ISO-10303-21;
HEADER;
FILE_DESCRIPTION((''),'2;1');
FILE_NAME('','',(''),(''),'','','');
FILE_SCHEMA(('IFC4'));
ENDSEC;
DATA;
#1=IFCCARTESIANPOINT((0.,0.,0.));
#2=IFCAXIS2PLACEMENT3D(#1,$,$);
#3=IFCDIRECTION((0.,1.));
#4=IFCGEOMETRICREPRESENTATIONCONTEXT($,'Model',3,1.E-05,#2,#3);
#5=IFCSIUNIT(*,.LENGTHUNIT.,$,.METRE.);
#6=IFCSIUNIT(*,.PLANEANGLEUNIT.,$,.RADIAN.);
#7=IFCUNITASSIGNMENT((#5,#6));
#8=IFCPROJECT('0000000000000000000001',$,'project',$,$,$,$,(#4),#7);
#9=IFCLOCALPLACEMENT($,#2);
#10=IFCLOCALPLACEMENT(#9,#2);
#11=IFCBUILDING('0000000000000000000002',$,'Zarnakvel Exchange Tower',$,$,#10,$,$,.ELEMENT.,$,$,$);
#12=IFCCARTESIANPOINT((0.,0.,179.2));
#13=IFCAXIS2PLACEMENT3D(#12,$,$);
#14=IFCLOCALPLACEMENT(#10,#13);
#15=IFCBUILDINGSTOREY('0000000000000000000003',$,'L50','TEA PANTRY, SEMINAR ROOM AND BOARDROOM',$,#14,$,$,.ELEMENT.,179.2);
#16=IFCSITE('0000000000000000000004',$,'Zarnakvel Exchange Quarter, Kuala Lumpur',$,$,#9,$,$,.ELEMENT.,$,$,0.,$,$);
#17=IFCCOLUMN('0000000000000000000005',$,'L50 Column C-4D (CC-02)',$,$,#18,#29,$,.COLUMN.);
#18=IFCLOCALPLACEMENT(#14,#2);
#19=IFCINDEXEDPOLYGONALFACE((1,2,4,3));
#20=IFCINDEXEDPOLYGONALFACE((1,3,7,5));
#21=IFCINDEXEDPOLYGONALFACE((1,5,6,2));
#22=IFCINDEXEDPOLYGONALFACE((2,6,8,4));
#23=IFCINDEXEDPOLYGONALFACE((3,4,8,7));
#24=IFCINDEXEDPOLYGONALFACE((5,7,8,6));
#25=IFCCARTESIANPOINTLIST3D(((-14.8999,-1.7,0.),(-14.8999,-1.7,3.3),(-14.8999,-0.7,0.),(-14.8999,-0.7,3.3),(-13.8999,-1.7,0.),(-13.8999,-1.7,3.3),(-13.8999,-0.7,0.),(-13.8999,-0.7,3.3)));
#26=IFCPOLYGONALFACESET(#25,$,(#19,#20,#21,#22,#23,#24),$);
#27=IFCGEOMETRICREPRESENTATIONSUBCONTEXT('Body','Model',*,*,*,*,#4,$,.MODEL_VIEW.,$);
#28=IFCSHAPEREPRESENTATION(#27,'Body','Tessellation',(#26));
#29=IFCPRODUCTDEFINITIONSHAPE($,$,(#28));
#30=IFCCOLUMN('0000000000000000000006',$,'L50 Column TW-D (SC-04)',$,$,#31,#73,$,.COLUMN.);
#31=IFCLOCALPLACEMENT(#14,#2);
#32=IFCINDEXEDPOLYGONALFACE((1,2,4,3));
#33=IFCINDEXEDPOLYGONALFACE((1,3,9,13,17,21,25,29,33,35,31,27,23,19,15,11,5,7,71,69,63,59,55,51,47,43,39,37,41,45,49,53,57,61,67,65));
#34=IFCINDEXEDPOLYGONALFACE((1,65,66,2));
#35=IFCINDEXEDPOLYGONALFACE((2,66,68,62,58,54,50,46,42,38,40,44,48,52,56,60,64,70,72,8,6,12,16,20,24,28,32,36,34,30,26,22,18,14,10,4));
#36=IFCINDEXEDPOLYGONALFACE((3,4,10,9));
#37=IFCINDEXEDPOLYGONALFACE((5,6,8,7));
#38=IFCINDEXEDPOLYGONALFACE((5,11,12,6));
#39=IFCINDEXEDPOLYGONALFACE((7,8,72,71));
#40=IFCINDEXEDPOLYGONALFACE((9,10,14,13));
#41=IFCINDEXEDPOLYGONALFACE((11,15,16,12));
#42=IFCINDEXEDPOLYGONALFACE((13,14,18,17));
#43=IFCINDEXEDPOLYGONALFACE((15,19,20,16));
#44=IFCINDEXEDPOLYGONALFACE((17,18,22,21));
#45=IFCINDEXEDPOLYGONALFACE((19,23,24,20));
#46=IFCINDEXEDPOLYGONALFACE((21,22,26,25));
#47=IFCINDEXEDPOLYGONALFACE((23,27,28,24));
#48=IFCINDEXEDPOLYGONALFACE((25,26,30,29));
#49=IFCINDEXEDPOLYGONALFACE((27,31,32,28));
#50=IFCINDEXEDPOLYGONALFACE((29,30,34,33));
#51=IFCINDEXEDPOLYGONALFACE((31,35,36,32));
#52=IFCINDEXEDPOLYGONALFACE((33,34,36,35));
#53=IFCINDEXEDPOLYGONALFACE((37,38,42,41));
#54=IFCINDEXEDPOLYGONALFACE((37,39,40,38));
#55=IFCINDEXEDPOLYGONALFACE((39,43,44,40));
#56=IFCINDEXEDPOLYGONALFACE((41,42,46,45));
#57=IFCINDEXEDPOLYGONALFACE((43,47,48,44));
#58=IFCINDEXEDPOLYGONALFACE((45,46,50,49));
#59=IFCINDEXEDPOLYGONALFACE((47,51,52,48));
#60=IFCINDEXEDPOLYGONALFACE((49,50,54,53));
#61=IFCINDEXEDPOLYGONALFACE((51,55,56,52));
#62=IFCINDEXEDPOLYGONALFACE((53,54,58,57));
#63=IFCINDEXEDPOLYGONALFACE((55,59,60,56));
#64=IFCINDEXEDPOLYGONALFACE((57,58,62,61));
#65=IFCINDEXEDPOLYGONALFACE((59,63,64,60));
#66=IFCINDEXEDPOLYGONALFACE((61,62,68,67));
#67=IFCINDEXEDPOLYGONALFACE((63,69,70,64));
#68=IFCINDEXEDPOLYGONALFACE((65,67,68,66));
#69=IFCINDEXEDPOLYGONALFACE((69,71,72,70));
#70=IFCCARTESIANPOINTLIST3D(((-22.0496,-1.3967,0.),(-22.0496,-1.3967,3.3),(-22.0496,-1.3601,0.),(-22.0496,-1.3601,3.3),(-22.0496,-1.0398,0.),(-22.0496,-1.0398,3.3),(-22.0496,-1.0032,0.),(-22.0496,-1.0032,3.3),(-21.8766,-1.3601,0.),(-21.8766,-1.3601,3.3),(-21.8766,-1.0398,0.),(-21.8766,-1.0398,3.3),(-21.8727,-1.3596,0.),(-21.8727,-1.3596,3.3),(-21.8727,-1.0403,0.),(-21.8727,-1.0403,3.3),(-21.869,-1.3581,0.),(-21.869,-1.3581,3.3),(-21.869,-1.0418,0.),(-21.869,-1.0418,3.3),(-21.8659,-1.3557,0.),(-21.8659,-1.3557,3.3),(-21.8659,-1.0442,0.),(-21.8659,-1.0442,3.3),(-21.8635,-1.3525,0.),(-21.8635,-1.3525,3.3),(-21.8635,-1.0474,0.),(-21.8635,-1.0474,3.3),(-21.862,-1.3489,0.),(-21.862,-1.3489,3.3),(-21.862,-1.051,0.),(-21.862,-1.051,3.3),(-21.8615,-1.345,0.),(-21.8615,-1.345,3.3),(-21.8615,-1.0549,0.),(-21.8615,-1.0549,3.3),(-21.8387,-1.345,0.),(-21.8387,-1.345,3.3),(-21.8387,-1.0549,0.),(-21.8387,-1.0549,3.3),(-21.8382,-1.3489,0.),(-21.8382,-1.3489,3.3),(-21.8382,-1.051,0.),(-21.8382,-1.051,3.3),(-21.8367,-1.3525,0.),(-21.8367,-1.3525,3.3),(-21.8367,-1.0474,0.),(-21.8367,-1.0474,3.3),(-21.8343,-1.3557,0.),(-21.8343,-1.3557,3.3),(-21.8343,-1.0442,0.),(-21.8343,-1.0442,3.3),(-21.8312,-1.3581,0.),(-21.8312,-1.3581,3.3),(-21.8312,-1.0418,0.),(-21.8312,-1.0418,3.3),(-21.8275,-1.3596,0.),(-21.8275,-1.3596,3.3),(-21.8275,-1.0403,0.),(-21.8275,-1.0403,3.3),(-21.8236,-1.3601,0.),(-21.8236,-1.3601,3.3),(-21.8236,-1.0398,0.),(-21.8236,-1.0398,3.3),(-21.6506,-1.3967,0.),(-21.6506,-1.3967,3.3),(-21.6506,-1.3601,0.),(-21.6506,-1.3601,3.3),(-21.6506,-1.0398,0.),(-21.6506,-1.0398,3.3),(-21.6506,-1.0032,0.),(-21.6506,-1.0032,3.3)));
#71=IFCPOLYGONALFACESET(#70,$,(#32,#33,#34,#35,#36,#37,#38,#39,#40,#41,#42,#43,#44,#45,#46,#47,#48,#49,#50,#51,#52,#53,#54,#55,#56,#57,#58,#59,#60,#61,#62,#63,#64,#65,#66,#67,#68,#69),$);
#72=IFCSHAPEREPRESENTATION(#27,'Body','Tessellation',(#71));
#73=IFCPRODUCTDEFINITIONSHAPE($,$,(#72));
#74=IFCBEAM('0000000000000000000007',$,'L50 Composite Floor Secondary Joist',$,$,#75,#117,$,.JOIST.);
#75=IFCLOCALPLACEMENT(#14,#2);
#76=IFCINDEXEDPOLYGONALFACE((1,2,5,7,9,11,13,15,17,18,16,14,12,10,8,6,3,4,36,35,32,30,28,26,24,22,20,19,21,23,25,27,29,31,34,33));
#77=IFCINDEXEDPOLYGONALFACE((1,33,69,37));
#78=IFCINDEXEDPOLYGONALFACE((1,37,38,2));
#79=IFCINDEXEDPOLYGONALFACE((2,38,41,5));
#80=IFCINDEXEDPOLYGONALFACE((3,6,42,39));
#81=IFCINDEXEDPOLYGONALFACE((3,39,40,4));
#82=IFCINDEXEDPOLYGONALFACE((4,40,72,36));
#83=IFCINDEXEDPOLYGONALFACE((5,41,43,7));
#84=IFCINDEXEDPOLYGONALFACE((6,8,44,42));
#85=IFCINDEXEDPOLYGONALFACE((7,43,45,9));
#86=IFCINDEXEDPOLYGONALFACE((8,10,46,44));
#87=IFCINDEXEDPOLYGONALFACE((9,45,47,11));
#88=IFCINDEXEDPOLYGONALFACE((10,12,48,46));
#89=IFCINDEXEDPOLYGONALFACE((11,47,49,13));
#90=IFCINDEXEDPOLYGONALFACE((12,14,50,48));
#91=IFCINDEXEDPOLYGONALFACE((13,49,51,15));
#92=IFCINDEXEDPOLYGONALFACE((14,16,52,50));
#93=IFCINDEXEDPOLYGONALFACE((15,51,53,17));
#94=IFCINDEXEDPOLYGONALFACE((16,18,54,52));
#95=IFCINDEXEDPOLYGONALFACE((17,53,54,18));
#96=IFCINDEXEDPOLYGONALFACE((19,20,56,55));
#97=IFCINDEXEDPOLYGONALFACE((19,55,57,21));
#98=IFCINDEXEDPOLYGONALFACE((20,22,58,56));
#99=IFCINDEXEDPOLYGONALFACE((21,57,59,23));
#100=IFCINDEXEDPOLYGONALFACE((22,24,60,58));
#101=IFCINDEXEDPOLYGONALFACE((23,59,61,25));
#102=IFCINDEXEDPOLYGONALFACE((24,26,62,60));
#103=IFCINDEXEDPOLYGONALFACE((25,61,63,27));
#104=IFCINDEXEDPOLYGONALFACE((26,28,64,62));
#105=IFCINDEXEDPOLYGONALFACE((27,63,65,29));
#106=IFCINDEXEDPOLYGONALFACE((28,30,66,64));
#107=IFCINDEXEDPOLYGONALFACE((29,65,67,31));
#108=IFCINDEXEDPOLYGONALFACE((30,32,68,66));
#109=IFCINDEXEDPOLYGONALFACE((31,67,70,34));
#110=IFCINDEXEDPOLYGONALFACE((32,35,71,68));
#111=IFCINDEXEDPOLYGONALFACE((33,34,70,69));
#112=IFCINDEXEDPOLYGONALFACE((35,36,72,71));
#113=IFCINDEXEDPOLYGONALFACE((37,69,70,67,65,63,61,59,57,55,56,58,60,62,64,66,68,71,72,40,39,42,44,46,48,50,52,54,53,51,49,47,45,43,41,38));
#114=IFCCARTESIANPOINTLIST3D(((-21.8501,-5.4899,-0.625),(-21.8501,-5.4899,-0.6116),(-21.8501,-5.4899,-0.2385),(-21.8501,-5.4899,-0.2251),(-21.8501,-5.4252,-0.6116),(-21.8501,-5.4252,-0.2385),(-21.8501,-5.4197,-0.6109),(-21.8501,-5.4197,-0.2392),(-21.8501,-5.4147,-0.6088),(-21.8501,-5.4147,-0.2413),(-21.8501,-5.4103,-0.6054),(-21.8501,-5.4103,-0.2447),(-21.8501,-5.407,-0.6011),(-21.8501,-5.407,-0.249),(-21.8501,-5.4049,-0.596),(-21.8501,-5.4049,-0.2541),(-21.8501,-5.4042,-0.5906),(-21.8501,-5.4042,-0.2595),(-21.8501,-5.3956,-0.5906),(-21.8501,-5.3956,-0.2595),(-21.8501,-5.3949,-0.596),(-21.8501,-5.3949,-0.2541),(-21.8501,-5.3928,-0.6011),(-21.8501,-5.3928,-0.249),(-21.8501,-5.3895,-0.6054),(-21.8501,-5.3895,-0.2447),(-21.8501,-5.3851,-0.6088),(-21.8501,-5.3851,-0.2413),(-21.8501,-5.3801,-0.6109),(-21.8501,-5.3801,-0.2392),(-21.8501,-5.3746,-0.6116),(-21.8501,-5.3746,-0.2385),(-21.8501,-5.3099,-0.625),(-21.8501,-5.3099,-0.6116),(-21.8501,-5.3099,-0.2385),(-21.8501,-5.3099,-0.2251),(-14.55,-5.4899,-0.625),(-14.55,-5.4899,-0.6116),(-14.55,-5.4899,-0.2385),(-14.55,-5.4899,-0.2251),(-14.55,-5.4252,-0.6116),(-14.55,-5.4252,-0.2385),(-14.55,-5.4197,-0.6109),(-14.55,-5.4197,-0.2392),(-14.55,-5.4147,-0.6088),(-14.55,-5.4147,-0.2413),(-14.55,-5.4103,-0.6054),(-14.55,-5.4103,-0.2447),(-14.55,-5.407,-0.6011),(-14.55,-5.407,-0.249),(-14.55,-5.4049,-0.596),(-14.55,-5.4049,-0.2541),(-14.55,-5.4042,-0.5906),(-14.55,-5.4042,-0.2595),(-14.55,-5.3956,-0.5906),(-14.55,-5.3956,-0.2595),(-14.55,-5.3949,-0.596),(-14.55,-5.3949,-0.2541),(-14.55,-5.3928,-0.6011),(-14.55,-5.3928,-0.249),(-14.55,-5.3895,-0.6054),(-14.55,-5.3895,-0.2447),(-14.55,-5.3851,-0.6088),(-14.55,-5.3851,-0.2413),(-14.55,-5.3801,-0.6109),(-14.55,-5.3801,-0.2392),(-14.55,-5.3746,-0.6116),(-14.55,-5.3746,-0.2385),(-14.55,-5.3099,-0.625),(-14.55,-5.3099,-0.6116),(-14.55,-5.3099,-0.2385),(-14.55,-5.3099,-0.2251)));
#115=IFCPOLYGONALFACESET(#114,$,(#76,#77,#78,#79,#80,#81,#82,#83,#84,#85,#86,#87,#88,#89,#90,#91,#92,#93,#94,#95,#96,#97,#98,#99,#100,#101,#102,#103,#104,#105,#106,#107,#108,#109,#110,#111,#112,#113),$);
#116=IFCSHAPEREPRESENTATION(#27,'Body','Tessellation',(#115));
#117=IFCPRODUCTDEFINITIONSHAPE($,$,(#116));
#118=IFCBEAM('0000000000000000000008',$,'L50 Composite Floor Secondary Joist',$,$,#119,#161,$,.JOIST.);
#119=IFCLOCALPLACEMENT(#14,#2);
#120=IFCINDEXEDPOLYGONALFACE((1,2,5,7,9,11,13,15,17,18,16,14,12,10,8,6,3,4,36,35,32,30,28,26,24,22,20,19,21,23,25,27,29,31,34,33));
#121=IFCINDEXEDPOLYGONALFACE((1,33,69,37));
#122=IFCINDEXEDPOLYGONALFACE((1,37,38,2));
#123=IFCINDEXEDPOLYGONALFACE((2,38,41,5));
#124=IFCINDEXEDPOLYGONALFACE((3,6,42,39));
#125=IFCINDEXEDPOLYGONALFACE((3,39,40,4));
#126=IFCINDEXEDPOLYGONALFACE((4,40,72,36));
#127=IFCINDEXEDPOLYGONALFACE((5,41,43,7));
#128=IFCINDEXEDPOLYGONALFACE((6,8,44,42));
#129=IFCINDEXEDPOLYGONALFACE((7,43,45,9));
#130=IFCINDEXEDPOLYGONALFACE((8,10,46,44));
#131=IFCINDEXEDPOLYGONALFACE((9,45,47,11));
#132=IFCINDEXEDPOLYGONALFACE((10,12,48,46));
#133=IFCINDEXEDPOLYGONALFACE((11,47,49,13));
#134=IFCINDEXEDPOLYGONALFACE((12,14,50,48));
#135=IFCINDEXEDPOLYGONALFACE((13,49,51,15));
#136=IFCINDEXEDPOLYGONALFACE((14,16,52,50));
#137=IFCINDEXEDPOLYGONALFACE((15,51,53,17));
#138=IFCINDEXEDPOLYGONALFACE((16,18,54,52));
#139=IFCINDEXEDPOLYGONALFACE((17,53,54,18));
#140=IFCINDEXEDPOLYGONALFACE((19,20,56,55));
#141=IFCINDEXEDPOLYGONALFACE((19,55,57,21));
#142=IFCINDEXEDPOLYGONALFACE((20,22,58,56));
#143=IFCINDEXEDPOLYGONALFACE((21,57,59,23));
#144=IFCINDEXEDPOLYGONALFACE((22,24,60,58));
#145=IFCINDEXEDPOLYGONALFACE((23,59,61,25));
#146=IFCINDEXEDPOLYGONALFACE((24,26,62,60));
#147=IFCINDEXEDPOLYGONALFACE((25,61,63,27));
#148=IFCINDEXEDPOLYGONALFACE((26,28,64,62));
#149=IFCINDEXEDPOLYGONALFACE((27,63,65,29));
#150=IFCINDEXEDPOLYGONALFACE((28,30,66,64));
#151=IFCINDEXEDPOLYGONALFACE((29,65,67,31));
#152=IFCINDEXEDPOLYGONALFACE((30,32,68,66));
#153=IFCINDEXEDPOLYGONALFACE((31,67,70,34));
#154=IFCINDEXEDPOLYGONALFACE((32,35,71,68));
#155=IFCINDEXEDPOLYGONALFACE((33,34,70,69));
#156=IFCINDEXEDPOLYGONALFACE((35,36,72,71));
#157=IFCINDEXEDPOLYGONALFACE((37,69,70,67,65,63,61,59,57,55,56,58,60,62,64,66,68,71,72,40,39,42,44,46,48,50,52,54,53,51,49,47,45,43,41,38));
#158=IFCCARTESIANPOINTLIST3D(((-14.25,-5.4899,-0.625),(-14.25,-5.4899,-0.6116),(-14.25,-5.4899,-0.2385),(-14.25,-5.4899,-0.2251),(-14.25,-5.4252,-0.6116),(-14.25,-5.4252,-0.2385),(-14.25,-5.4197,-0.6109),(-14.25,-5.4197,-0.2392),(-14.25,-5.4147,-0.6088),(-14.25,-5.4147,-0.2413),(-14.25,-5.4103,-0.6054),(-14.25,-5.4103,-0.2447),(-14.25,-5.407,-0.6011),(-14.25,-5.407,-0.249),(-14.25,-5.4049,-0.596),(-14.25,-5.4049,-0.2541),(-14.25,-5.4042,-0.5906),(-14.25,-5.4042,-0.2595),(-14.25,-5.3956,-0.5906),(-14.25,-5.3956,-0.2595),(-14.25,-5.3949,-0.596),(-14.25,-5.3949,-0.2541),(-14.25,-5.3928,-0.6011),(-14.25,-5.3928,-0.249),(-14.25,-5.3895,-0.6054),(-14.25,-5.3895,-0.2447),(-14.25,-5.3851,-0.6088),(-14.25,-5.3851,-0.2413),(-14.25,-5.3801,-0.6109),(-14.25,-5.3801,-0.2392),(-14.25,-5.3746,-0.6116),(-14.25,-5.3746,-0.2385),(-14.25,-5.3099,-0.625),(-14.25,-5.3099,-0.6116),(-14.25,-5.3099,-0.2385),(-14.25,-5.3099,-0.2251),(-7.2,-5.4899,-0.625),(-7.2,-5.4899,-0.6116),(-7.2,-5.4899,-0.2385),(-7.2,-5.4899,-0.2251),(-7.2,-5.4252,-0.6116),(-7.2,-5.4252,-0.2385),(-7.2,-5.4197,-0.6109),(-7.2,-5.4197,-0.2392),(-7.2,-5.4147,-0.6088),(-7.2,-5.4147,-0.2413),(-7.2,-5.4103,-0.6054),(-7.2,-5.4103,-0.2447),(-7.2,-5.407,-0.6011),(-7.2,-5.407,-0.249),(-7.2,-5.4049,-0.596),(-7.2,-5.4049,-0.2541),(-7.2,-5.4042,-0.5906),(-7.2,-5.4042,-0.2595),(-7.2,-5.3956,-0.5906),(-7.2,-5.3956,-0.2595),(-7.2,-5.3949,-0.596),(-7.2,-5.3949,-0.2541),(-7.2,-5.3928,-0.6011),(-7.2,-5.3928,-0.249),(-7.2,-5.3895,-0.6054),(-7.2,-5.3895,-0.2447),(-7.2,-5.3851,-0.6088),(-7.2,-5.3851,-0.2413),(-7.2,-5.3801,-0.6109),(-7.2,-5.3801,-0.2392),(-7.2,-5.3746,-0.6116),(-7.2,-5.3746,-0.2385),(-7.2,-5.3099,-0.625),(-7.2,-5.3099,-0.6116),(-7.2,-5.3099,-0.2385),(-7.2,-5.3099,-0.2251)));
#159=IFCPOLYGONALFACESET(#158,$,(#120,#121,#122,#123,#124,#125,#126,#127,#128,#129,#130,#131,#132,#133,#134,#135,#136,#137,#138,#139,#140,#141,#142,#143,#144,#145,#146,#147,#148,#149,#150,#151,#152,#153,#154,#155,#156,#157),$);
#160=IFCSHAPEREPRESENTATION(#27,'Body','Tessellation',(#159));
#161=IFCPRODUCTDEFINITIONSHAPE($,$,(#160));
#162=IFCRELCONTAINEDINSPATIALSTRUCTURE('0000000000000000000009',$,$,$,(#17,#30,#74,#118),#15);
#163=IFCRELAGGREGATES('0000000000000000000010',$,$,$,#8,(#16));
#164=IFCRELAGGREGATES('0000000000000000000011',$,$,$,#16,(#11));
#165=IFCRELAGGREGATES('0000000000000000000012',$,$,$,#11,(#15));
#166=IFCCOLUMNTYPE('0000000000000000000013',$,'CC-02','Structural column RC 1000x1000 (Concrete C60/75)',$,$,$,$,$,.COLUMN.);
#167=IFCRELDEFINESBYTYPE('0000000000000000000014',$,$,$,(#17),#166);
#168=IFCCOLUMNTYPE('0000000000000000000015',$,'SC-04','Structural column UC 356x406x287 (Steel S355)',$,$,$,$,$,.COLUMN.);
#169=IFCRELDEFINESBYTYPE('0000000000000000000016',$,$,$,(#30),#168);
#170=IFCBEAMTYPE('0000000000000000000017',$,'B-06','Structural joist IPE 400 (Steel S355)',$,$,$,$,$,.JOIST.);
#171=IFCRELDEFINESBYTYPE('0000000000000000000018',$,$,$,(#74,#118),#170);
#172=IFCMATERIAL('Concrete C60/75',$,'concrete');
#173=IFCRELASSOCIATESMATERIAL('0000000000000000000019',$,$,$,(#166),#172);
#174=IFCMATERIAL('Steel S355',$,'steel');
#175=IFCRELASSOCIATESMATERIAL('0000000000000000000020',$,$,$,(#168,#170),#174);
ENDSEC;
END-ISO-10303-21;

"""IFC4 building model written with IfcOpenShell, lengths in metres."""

from ifc_helpers import new_model, si_unit, direction, frame, origin, origin_2d, place, context, subcontext, project, spatial, rectangle, i_section, extrude, material, material_profile, profile_set, type_object, element, save


model = new_model("IFC4")

# Units and contexts
model_context = context("Model", 3, precision=1e-05, world=origin(), true_north=direction((0.0, 1.0)))
body_context = subcontext(model_context, "Body", "Model", "MODEL_VIEW")
ifc_project = project(units=[si_unit("LENGTHUNIT", "METRE"), si_unit("PLANEANGLEUNIT", "RADIAN")], contexts=[model_context])

# Site, building, storey
site_placement = place(None, origin())
site = spatial("IfcSite", under=ifc_project, at=site_placement, Name="Zarnakvel Exchange Quarter, Kuala Lumpur", CompositionType="ELEMENT", RefElevation=0.0)
building_placement = place(site_placement, origin())
building = spatial("IfcBuilding", under=site, at=building_placement, Name="Zarnakvel Exchange Tower", CompositionType="ELEMENT")
storey_placement = place(building_placement, frame((0.0, 0.0, 179.2)))
storey = spatial("IfcBuildingStorey", under=building, at=storey_placement, Name="L50", Description="TEA PANTRY, SEMINAR ROOM AND BOARDROOM", CompositionType="ELEMENT", Elevation=179.2)

# Columns
ifc_material_1 = material(Name="Concrete C60/75", Category="concrete")
ifc_material_profile_1 = material_profile(ifc_material_1, rectangle(XDim=1.0, YDim=1.0, at=origin_2d()))
ifc_profile_set_1 = profile_set([ifc_material_profile_1], Name="Concrete C60/75")
column_type_1 = type_object("IfcColumnType", Name="CC-02", Description="Structural column RC 1000x1000 (Concrete C60/75)", PredefinedType="COLUMN", material=ifc_profile_set_1)
column_1_placement = place(storey_placement, frame((-14.3999, -1.2, 0.0), z_axis=(0.0, 0.0, 1.0), x_axis=(1.0, 0.0, 0.0)))
element("IfcColumn", 1, at=column_1_placement, inside=storey, type_object=column_type_1, Name="L50 Column C-4D (CC-02)", PredefinedType="COLUMN", context=body_context, shape_type="SweptSolid", body=[
    extrude(rectangle(XDim=1.0, YDim=1.0, at=origin_2d()), origin(), (0.0, 0.0, 1.0), 3.3),
])
ifc_material_2 = material(Name="Steel S355", Category="steel")
ifc_material_profile_2 = material_profile(ifc_material_2, i_section(OverallWidth=0.3989, OverallDepth=0.3936, WebThickness=0.0227, FlangeThickness=0.0366, FilletRadius=0.0151, at=origin_2d()))
ifc_profile_set_2 = profile_set([ifc_material_profile_2], Name="Steel S355")
column_type_2 = type_object("IfcColumnType", Name="SC-04", Description="Structural column UC 356x406x287 (Steel S355)", PredefinedType="COLUMN", material=ifc_profile_set_2)
column_2_placement = place(storey_placement, frame((-21.8501, -1.2, 0.0), z_axis=(0.0, 0.0, 1.0), x_axis=(1.0, 0.0, 0.0)))
element("IfcColumn", 2, at=column_2_placement, inside=storey, type_object=column_type_2, Name="L50 Column TW-D (SC-04)", PredefinedType="COLUMN", context=body_context, shape_type="SweptSolid", body=[
    extrude(i_section(OverallWidth=0.3989, OverallDepth=0.3936, WebThickness=0.0227, FlangeThickness=0.0366, FilletRadius=0.0151, at=origin_2d()), origin(), (0.0, 0.0, 1.0), 3.3),
])

# Beams
ifc_material_profile_3 = material_profile(ifc_material_2, i_section(OverallWidth=0.1799, OverallDepth=0.3999, WebThickness=0.0085, FlangeThickness=0.0134, FilletRadius=0.021, at=origin_2d()))
ifc_profile_set_3 = profile_set([ifc_material_profile_3], Name="Steel S355")
beam_type_1 = type_object("IfcBeamType", Name="B-06", Description="Structural joist IPE 400 (Steel S355)", PredefinedType="JOIST", material=ifc_profile_set_3)
beam_1_placement = place(storey_placement, frame((-21.8501, -5.3999, -0.425), z_axis=(1.0, 0.0, 0.0), x_axis=(0.0, 1.0, 0.0)))
element("IfcBeam", 3, at=beam_1_placement, inside=storey, type_object=beam_type_1, Name="L50 Composite Floor Secondary Joist", PredefinedType="JOIST", context=body_context, shape_type="SweptSolid", body=[
    extrude(i_section(OverallWidth=0.1799, OverallDepth=0.3999, WebThickness=0.0085, FlangeThickness=0.0134, FilletRadius=0.021, at=origin_2d()), origin(), (0.0, 0.0, 1.0), 7.3),
])
beam_2_placement = place(storey_placement, frame((-14.25, -5.3999, -0.425), z_axis=(1.0, 0.0, 0.0), x_axis=(0.0, 1.0, 0.0)))
element("IfcBeam", 4, at=beam_2_placement, inside=storey, type_object=beam_type_1, Name="L50 Composite Floor Secondary Joist", PredefinedType="JOIST", context=body_context, shape_type="SweptSolid", body=[
    extrude(i_section(OverallWidth=0.1799, OverallDepth=0.3999, WebThickness=0.0085, FlangeThickness=0.0134, FilletRadius=0.021, at=origin_2d()), origin(), (0.0, 0.0, 1.0), 7.05),
])

save(model, "model.ifc")
